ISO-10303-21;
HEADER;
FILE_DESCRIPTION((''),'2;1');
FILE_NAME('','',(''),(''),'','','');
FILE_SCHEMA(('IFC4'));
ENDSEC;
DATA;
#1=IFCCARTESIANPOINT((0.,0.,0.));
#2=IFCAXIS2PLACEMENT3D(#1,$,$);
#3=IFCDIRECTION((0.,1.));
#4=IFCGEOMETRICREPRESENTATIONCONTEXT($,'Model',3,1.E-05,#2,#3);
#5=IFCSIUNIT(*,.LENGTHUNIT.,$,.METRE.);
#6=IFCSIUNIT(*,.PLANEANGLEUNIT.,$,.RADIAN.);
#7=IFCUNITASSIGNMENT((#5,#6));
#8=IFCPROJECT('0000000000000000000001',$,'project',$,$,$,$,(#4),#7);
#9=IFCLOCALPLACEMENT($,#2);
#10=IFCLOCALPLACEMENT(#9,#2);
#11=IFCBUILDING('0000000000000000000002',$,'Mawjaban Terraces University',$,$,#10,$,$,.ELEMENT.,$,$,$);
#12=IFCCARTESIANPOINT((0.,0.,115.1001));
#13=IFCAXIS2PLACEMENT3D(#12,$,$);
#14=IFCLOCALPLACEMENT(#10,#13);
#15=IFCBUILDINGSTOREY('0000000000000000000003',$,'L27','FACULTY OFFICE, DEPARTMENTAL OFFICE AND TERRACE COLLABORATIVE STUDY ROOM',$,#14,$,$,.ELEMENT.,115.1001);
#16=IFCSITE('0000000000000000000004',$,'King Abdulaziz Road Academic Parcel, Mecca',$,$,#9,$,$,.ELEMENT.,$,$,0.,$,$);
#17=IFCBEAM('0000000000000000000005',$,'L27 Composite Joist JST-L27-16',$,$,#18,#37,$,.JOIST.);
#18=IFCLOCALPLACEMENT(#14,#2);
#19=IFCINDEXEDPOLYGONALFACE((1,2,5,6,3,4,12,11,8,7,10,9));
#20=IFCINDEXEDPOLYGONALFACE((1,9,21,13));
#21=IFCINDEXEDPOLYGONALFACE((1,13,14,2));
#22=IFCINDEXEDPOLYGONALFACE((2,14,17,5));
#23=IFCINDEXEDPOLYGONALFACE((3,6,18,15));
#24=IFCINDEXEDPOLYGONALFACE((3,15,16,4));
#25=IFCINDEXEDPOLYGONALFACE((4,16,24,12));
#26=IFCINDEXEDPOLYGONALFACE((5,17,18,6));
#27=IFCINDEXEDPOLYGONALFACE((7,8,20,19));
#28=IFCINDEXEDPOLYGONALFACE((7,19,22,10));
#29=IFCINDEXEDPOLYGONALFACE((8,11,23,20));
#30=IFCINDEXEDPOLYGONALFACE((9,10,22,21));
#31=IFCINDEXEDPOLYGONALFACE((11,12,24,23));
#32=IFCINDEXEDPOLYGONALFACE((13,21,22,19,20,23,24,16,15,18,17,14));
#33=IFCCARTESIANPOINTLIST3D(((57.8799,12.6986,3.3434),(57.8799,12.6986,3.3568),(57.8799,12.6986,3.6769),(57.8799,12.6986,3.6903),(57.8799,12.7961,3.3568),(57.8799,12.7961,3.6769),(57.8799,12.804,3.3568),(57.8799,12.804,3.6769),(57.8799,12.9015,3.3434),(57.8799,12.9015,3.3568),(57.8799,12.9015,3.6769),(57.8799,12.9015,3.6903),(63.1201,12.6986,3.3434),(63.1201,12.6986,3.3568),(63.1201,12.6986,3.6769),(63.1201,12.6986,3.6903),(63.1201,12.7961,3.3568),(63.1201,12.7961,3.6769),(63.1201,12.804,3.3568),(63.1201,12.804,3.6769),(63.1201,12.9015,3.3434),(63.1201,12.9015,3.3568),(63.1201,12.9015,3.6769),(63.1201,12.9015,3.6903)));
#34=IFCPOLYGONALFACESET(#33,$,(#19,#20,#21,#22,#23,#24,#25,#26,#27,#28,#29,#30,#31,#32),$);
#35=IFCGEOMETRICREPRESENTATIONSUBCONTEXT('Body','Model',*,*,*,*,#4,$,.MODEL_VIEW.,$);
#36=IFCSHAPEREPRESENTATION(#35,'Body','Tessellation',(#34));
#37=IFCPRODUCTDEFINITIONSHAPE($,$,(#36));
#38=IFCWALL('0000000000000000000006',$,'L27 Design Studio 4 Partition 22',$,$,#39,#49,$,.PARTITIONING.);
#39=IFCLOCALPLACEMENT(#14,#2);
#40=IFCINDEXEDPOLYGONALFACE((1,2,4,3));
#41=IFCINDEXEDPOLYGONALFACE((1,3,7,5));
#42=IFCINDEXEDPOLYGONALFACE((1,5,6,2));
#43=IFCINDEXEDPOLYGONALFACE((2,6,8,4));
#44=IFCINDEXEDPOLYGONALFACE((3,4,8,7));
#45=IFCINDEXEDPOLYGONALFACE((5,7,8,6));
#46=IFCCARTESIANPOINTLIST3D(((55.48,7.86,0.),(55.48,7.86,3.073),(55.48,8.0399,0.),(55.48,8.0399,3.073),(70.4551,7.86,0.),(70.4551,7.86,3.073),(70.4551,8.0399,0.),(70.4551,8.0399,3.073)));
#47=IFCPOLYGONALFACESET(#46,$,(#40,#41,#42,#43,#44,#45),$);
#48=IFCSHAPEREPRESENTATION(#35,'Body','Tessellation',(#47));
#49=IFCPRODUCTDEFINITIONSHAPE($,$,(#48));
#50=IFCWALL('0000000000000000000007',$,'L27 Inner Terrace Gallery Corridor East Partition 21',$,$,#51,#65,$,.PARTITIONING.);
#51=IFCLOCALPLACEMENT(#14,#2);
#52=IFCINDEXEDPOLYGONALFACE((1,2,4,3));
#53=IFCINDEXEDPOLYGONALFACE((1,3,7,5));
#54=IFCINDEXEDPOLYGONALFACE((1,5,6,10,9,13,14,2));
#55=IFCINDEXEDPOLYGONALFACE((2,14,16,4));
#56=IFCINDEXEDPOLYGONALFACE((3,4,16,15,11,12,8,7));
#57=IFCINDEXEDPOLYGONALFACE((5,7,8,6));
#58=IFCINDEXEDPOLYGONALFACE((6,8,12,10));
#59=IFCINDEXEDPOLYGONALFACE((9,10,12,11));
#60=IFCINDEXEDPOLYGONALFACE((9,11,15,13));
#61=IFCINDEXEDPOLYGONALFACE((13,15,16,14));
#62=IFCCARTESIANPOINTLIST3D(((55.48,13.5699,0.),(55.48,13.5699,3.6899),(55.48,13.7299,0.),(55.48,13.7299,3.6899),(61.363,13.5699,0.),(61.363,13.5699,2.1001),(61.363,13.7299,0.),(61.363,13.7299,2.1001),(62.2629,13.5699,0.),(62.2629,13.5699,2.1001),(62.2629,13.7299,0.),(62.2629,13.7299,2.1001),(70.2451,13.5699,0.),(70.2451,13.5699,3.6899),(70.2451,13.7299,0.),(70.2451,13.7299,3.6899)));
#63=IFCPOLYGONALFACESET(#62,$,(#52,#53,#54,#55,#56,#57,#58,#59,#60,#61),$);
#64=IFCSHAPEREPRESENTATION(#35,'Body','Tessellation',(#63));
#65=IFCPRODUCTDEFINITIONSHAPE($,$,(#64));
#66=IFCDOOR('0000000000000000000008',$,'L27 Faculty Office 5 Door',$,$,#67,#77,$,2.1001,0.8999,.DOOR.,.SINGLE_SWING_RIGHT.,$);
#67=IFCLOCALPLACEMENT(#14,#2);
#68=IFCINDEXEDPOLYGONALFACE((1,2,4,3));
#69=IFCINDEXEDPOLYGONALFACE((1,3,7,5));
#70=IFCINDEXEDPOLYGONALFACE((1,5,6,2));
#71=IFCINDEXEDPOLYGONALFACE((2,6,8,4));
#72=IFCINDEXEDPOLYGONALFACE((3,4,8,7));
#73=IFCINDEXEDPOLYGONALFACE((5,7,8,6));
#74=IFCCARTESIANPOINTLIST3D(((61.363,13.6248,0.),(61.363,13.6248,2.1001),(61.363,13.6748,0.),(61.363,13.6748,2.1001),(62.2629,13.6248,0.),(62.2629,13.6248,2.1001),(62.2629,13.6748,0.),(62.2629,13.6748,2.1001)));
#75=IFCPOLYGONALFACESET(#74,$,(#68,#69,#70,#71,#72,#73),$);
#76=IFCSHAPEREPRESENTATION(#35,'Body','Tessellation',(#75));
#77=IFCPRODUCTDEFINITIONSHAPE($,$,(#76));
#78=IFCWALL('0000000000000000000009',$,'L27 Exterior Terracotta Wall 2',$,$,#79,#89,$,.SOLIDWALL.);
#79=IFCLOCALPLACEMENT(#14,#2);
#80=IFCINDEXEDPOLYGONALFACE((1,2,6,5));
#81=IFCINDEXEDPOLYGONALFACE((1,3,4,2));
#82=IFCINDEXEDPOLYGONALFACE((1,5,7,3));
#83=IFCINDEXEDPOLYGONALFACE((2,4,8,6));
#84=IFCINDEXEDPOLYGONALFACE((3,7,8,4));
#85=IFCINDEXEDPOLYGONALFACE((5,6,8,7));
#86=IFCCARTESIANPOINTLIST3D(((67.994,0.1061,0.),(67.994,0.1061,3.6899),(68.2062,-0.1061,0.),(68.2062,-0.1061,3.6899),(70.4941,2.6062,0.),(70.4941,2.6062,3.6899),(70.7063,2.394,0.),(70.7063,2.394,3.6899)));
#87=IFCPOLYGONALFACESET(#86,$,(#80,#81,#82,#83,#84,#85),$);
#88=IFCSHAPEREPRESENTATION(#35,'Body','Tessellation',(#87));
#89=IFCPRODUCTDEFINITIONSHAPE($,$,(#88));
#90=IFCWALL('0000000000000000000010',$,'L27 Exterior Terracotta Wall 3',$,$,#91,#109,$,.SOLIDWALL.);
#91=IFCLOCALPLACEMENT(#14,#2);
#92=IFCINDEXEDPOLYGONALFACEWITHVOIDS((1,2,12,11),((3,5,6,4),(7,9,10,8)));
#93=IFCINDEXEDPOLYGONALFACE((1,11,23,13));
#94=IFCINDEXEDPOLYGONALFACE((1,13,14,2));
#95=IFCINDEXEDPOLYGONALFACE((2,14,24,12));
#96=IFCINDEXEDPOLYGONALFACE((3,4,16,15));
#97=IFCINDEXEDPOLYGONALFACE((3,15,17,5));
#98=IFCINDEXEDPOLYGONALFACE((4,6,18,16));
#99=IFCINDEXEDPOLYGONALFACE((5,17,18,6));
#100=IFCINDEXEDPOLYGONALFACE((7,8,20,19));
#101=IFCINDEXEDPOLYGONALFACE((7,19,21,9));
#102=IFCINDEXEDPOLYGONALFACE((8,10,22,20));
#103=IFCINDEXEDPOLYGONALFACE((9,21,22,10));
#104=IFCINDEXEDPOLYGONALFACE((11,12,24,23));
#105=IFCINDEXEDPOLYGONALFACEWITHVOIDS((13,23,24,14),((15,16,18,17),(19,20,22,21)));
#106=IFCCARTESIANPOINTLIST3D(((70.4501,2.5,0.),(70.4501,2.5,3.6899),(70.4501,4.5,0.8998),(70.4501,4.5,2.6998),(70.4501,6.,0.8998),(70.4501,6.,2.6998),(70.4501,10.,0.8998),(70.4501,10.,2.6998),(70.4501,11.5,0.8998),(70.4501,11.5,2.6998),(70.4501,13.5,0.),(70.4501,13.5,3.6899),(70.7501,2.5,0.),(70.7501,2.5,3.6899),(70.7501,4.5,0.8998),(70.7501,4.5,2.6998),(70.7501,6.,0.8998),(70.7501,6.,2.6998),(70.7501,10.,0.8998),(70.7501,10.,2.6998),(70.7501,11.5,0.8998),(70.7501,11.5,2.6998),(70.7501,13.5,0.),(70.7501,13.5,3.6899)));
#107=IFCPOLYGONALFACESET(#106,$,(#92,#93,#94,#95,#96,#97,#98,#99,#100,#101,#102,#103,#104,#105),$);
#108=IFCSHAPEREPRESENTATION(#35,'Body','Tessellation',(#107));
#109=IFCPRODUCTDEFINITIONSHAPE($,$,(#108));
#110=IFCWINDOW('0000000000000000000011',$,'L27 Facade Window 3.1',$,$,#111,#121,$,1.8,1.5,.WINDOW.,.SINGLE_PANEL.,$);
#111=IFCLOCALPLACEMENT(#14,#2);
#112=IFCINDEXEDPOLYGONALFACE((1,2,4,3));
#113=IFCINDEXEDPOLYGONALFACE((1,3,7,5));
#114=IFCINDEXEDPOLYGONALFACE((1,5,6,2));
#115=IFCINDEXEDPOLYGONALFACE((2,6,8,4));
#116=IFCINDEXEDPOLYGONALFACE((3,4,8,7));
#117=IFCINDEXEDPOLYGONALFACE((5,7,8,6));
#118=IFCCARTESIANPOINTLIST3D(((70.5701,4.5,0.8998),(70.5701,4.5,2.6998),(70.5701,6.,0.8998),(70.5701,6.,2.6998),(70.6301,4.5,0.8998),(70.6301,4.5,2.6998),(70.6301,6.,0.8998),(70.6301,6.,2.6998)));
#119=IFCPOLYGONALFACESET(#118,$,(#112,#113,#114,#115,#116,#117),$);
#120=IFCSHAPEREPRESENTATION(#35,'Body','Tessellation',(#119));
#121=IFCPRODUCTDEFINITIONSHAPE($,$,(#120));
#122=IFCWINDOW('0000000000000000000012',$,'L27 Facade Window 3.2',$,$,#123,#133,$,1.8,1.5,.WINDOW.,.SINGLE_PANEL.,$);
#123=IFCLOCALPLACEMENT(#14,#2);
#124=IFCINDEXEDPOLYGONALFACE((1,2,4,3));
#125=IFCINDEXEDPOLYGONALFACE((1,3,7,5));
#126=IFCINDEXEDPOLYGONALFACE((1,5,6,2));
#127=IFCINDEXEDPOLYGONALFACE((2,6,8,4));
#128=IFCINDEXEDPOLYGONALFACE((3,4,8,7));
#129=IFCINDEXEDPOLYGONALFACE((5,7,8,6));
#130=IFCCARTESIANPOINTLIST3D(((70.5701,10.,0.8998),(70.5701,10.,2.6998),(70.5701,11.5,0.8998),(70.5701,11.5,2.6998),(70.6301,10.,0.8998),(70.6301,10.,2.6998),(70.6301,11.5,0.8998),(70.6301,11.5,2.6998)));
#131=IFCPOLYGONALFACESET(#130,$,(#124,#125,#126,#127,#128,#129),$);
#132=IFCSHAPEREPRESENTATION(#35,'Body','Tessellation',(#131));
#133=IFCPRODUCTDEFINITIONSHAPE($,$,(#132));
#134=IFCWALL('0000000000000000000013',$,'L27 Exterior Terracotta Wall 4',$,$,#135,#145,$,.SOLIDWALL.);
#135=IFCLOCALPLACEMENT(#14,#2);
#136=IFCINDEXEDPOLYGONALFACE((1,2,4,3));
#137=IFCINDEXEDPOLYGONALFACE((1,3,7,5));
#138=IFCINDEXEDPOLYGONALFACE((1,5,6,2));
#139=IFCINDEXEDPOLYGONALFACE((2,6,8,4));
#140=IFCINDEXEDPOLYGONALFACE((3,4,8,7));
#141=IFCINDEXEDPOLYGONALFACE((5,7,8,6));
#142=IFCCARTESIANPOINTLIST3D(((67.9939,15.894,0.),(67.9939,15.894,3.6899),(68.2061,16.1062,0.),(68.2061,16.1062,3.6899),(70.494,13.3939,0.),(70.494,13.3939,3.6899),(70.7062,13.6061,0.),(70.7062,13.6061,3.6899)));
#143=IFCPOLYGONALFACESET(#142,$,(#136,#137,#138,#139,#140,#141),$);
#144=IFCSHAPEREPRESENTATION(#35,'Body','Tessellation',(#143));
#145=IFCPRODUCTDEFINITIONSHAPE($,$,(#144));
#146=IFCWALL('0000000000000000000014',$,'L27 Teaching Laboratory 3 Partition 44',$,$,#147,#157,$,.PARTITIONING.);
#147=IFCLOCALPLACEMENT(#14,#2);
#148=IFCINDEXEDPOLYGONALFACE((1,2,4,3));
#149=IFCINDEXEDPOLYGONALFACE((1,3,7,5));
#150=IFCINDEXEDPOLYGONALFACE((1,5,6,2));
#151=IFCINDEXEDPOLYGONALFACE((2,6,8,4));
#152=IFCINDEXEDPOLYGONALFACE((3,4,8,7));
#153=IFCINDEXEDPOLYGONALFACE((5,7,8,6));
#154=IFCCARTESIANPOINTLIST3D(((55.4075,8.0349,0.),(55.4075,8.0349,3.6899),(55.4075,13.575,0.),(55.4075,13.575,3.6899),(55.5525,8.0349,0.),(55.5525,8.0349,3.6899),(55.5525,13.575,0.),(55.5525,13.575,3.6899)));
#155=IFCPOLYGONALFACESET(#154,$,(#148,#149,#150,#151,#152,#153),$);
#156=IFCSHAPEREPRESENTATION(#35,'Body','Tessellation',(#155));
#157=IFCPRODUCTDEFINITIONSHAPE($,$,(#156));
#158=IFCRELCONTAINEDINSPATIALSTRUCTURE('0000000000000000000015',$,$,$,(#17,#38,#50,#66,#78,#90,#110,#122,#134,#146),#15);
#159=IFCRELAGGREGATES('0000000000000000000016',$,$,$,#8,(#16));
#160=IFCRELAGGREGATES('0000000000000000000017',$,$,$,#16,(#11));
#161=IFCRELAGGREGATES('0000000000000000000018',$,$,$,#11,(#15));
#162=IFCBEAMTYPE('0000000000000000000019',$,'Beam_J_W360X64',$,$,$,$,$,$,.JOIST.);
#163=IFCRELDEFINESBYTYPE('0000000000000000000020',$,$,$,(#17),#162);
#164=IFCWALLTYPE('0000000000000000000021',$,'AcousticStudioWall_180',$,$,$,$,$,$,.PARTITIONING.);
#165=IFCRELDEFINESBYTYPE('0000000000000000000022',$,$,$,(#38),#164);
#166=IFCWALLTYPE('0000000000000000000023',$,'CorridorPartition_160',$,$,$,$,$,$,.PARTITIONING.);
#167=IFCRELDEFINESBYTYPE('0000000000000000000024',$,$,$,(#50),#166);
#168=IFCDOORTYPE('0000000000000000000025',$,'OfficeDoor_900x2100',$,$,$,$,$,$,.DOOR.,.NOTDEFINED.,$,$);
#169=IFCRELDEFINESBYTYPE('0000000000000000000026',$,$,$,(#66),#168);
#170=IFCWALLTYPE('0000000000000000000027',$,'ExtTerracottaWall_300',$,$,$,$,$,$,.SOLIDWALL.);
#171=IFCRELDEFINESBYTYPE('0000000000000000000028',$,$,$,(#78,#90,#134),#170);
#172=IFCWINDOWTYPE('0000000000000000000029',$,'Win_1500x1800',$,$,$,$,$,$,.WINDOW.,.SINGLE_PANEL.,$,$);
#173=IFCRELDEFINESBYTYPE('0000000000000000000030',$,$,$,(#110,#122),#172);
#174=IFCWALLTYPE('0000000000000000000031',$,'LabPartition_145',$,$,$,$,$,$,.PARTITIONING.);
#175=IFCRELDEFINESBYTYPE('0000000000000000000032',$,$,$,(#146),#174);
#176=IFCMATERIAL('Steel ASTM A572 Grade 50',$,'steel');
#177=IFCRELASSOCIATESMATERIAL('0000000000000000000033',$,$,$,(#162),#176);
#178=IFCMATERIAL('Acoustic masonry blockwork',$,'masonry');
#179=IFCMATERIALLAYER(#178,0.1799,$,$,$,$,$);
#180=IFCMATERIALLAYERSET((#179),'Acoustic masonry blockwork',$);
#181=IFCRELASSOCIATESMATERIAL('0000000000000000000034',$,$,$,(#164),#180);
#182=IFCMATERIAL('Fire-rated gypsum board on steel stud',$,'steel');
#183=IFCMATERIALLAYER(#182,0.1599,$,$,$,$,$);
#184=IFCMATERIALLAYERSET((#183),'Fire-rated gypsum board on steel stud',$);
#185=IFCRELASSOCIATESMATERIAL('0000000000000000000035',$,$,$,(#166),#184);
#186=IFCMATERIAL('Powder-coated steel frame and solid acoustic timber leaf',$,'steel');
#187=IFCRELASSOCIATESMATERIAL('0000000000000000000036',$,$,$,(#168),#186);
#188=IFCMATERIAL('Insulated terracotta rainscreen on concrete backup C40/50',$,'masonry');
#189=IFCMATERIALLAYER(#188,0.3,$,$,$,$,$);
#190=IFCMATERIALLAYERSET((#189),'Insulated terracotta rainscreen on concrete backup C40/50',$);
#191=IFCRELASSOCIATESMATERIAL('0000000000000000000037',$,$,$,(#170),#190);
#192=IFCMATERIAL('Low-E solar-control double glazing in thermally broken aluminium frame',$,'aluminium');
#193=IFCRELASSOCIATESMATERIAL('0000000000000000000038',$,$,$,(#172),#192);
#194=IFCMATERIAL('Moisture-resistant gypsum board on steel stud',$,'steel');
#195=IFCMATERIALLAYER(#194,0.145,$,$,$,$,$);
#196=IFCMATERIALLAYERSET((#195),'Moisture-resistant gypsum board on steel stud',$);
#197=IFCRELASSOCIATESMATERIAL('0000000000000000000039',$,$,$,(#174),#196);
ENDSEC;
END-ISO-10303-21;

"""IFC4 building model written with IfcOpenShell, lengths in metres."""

from ifc_helpers import new_model, si_unit, direction, frame, frame_2d, origin, origin_2d, place, context, subcontext, project, spatial, rectangle, i_section, extrude, material, layer, layer_set, material_profile, profile_set, type_object, element, fill, save


model = new_model("IFC4")

# Units and contexts
model_context = context("Model", 3, precision=1e-05, world=origin(), true_north=direction((0.0, 1.0)))
body_context = subcontext(model_context, "Body", "Model", "MODEL_VIEW")
ifc_project = project(units=[si_unit("LENGTHUNIT", "METRE"), si_unit("PLANEANGLEUNIT", "RADIAN")], contexts=[model_context])

# Site, building, storey
site_placement = place(None, origin())
site = spatial("IfcSite", under=ifc_project, at=site_placement, Name="King Abdulaziz Road Academic Parcel, Mecca", CompositionType="ELEMENT", RefElevation=0.0)
building_placement = place(site_placement, origin())
building = spatial("IfcBuilding", under=site, at=building_placement, Name="Mawjaban Terraces University", CompositionType="ELEMENT")
storey_placement = place(building_placement, frame((0.0, 0.0, 115.1001)))
storey = spatial("IfcBuildingStorey", under=building, at=storey_placement, Name="L27", Description="FACULTY OFFICE, DEPARTMENTAL OFFICE AND TERRACE COLLABORATIVE STUDY ROOM", CompositionType="ELEMENT", Elevation=115.1001)

# Beam
ifc_material_1 = material(Name="Steel ASTM A572 Grade 50", Category="steel")
ifc_material_profile_1 = material_profile(ifc_material_1, i_section(OverallWidth=0.2029, OverallDepth=0.3469, WebThickness=0.0078, FlangeThickness=0.0134, at=origin_2d()), Name="W360X64")
ifc_profile_set_1 = profile_set([ifc_material_profile_1], Name="Steel ASTM A572 Grade 50")
beam_type_1 = type_object("IfcBeamType", Name="Beam_J_W360X64", PredefinedType="JOIST", material=ifc_profile_set_1)
for number, where, z_axis, x_axis, name in (
    (1, (57.8799, 12.8, 3.5168), (1.0, 0.0, 0.0), (0.0, 1.0, 0.0), "L27 Composite Joist JST-L27-16"),
):
    element("IfcBeam", number, at=place(storey_placement, frame(where, z_axis=z_axis, x_axis=x_axis)), inside=storey, type_object=beam_type_1, Name=name, PredefinedType="JOIST", context=body_context, shape_type="SweptSolid", body=[
        extrude(i_section(OverallWidth=0.2029, OverallDepth=0.3469, WebThickness=0.0078, FlangeThickness=0.0134, at=origin_2d()), origin(), (0.0, 0.0, 1.0), 5.2402),
    ])

# Wall
ifc_material_2 = material(Name="Acoustic masonry blockwork", Category="masonry")
ifc_layer_1 = layer(ifc_material_2, 0.1799)
ifc_layer_set_1 = layer_set([ifc_layer_1], Name="Acoustic masonry blockwork")
wall_type_1 = type_object("IfcWallType", Name="AcousticStudioWall_180", PredefinedType="PARTITIONING", material=ifc_layer_set_1)
wall_1_placement = place(storey_placement, frame((70.4551, 7.95, 0.0), z_axis=(0.0, 0.0, 1.0), x_axis=(-1.0, 0.0, 0.0)))
element("IfcWall", 2, at=wall_1_placement, inside=storey, type_object=wall_type_1, Name="L27 Design Studio 4 Partition 22", PredefinedType="PARTITIONING", context=body_context, shape_type="SweptSolid", body=[
    extrude(rectangle(XDim=14.9751, YDim=0.1799, at=frame_2d((7.4875, 0.0))), origin(), (0.0, 0.0, 1.0), 3.073),
])

# Wall, opening, door
ifc_material_3 = material(Name="Fire-rated gypsum board on steel stud", Category="steel")
ifc_layer_2 = layer(ifc_material_3, 0.1599)
ifc_layer_set_2 = layer_set([ifc_layer_2], Name="Fire-rated gypsum board on steel stud")
wall_type_2 = type_object("IfcWallType", Name="CorridorPartition_160", PredefinedType="PARTITIONING", material=ifc_layer_set_2)
wall_2_placement = place(storey_placement, frame((55.48, 13.6499, 0.0), z_axis=(0.0, 0.0, 1.0), x_axis=(1.0, 0.0, 0.0)))
wall_2 = element("IfcWall", 3, at=wall_2_placement, inside=storey, type_object=wall_type_2, Name="L27 Inner Terrace Gallery Corridor East Partition 21", PredefinedType="PARTITIONING", context=body_context, shape_type="SweptSolid", body=[
    extrude(rectangle(XDim=14.7651, YDim=0.1599, at=frame_2d((7.3826, 0.0))), origin(), (0.0, 0.0, 1.0), 3.6899),
])
opening_1_placement = place(wall_2_placement, frame((5.8831, 0.0, 0.0)))
opening_1 = element("IfcOpeningElement", 4, at=opening_1_placement, cuts=wall_2, PredefinedType="OPENING", context=body_context, shape_type="SweptSolid", body=[
    extrude(rectangle(XDim=0.8999, YDim=2.1001, at=frame_2d((0.45, 1.05))), frame((0.0, 0.0898, 0.0), z_axis=(0.0, -1.0, 0.0), x_axis=(1.0, 0.0, 0.0)), (0.0, 0.0, 1.0), 0.1799),
])
ifc_material_4 = material(Name="Powder-coated steel frame and solid acoustic timber leaf", Category="steel")
door_type = type_object("IfcDoorType", Name="OfficeDoor_900x2100", OperationType="NOTDEFINED", PredefinedType="DOOR", material=ifc_material_4)
door_placement = place(opening_1_placement, origin())
door = element("IfcDoor", 5, at=door_placement, inside=storey, type_object=door_type, Name="L27 Faculty Office 5 Door", OperationType="SINGLE_SWING_RIGHT", OverallHeight=2.1001, OverallWidth=0.8999, PredefinedType="DOOR", context=body_context, shape_type="SweptSolid", body=[
    extrude(rectangle(XDim=0.8999, YDim=2.1001, at=frame_2d((0.45, 1.05))), frame((0.0, 0.0249, 0.0), z_axis=(0.0, -1.0, 0.0), x_axis=(1.0, 0.0, 0.0)), (0.0, 0.0, 1.0), 0.05),
])
fill(opening_1, door)

# Wall
ifc_material_5 = material(Name="Insulated terracotta rainscreen on concrete backup C40/50", Category="masonry")
ifc_layer_3 = layer(ifc_material_5, 0.3)
ifc_layer_set_3 = layer_set([ifc_layer_3], Name="Insulated terracotta rainscreen on concrete backup C40/50")
wall_type_3 = type_object("IfcWallType", Name="ExtTerracottaWall_300", PredefinedType="SOLIDWALL", material=ifc_layer_set_3)
wall_3_placement = place(storey_placement, frame((68.1001, 0.0, 0.0), z_axis=(0.0, 0.0, 1.0), x_axis=(0.707107, 0.707107, 0.0)))
element("IfcWall", 6, at=wall_3_placement, inside=storey, type_object=wall_type_3, Name="L27 Exterior Terracotta Wall 2", PredefinedType="SOLIDWALL", context=body_context, shape_type="SweptSolid", body=[
    extrude(rectangle(XDim=3.5356, YDim=0.3, at=frame_2d((1.7678, 0.0))), origin(), (0.0, 0.0, 1.0), 3.6899),
])

# Wall, openings, windows
wall_4_placement = place(storey_placement, frame((70.6001, 2.5, 0.0), z_axis=(0.0, 0.0, 1.0), x_axis=(0.0, 1.0, 0.0)))
wall_4 = element("IfcWall", 7, at=wall_4_placement, inside=storey, type_object=wall_type_3, Name="L27 Exterior Terracotta Wall 3", PredefinedType="SOLIDWALL", context=body_context, shape_type="SweptSolid", body=[
    extrude(rectangle(XDim=11.0, YDim=0.3, at=frame_2d((5.5, 0.0))), origin(), (0.0, 0.0, 1.0), 3.6899),
])
opening_2_placement = place(wall_4_placement, frame((2.0, 0.0, 0.8999)))
opening_2 = element("IfcOpeningElement", 8, at=opening_2_placement, cuts=wall_4, PredefinedType="OPENING", context=body_context, shape_type="SweptSolid", body=[
    extrude(rectangle(XDim=1.5, YDim=1.8, at=frame_2d((0.75, 0.8999))), frame((0.0, 0.1599, 0.0), z_axis=(0.0, -1.0, 0.0), x_axis=(1.0, 0.0, 0.0)), (0.0, 0.0, 1.0), 0.3201),
])
opening_3_placement = place(wall_4_placement, frame((7.5, 0.0, 0.8999)))
opening_3 = element("IfcOpeningElement", 9, at=opening_3_placement, cuts=wall_4, PredefinedType="OPENING", context=body_context, shape_type="SweptSolid", body=[
    extrude(rectangle(XDim=1.5, YDim=1.8, at=frame_2d((0.75, 0.8999))), frame((0.0, 0.1599, 0.0), z_axis=(0.0, -1.0, 0.0), x_axis=(1.0, 0.0, 0.0)), (0.0, 0.0, 1.0), 0.3201),
])
ifc_material_6 = material(Name="Low-E solar-control double glazing in thermally broken aluminium frame", Category="aluminium")
window_type = type_object("IfcWindowType", Name="Win_1500x1800", PartitioningType="SINGLE_PANEL", PredefinedType="WINDOW", material=ifc_material_6)
window_1_placement = place(opening_2_placement, origin())
window_1 = element("IfcWindow", 10, at=window_1_placement, inside=storey, type_object=window_type, Name="L27 Facade Window 3.1", OverallHeight=1.8, OverallWidth=1.5, PartitioningType="SINGLE_PANEL", PredefinedType="WINDOW", context=body_context, shape_type="SweptSolid", body=[
    extrude(rectangle(XDim=1.5, YDim=1.8, at=frame_2d((0.75, 0.8999))), frame((0.0, 0.03, 0.0), z_axis=(0.0, -1.0, 0.0), x_axis=(1.0, 0.0, 0.0)), (0.0, 0.0, 1.0), 0.0601),
])
fill(opening_2, window_1)
window_2_placement = place(opening_3_placement, origin())
window_2 = element("IfcWindow", 11, at=window_2_placement, inside=storey, type_object=window_type, Name="L27 Facade Window 3.2", OverallHeight=1.8, OverallWidth=1.5, PartitioningType="SINGLE_PANEL", PredefinedType="WINDOW", context=body_context, shape_type="SweptSolid", body=[
    extrude(rectangle(XDim=1.5, YDim=1.8, at=frame_2d((0.75, 0.8999))), frame((0.0, 0.03, 0.0), z_axis=(0.0, -1.0, 0.0), x_axis=(1.0, 0.0, 0.0)), (0.0, 0.0, 1.0), 0.0601),
])
fill(opening_3, window_2)

# Walls
wall_5_placement = place(storey_placement, frame((70.6001, 13.5, 0.0), z_axis=(0.0, 0.0, 1.0), x_axis=(-0.707107, 0.707107, 0.0)))
element("IfcWall", 12, at=wall_5_placement, inside=storey, type_object=wall_type_3, Name="L27 Exterior Terracotta Wall 4", PredefinedType="SOLIDWALL", context=body_context, shape_type="SweptSolid", body=[
    extrude(rectangle(XDim=3.5356, YDim=0.3, at=frame_2d((1.7678, 0.0))), origin(), (0.0, 0.0, 1.0), 3.6899),
])
ifc_material_7 = material(Name="Moisture-resistant gypsum board on steel stud", Category="steel")
ifc_layer_4 = layer(ifc_material_7, 0.145)
ifc_layer_set_4 = layer_set([ifc_layer_4], Name="Moisture-resistant gypsum board on steel stud")
wall_type_4 = type_object("IfcWallType", Name="LabPartition_145", PredefinedType="PARTITIONING", material=ifc_layer_set_4)
wall_6_placement = place(storey_placement, frame((55.48, 8.0349, 0.0), z_axis=(0.0, 0.0, 1.0), x_axis=(0.0, 1.0, 0.0)))
element("IfcWall", 13, at=wall_6_placement, inside=storey, type_object=wall_type_4, Name="L27 Teaching Laboratory 3 Partition 44", PredefinedType="PARTITIONING", context=body_context, shape_type="SweptSolid", body=[
    extrude(rectangle(XDim=5.54, YDim=0.145, at=frame_2d((2.77, 0.0))), origin(), (0.0, 0.0, 1.0), 3.6899),
])

save(model, "model.ifc")
